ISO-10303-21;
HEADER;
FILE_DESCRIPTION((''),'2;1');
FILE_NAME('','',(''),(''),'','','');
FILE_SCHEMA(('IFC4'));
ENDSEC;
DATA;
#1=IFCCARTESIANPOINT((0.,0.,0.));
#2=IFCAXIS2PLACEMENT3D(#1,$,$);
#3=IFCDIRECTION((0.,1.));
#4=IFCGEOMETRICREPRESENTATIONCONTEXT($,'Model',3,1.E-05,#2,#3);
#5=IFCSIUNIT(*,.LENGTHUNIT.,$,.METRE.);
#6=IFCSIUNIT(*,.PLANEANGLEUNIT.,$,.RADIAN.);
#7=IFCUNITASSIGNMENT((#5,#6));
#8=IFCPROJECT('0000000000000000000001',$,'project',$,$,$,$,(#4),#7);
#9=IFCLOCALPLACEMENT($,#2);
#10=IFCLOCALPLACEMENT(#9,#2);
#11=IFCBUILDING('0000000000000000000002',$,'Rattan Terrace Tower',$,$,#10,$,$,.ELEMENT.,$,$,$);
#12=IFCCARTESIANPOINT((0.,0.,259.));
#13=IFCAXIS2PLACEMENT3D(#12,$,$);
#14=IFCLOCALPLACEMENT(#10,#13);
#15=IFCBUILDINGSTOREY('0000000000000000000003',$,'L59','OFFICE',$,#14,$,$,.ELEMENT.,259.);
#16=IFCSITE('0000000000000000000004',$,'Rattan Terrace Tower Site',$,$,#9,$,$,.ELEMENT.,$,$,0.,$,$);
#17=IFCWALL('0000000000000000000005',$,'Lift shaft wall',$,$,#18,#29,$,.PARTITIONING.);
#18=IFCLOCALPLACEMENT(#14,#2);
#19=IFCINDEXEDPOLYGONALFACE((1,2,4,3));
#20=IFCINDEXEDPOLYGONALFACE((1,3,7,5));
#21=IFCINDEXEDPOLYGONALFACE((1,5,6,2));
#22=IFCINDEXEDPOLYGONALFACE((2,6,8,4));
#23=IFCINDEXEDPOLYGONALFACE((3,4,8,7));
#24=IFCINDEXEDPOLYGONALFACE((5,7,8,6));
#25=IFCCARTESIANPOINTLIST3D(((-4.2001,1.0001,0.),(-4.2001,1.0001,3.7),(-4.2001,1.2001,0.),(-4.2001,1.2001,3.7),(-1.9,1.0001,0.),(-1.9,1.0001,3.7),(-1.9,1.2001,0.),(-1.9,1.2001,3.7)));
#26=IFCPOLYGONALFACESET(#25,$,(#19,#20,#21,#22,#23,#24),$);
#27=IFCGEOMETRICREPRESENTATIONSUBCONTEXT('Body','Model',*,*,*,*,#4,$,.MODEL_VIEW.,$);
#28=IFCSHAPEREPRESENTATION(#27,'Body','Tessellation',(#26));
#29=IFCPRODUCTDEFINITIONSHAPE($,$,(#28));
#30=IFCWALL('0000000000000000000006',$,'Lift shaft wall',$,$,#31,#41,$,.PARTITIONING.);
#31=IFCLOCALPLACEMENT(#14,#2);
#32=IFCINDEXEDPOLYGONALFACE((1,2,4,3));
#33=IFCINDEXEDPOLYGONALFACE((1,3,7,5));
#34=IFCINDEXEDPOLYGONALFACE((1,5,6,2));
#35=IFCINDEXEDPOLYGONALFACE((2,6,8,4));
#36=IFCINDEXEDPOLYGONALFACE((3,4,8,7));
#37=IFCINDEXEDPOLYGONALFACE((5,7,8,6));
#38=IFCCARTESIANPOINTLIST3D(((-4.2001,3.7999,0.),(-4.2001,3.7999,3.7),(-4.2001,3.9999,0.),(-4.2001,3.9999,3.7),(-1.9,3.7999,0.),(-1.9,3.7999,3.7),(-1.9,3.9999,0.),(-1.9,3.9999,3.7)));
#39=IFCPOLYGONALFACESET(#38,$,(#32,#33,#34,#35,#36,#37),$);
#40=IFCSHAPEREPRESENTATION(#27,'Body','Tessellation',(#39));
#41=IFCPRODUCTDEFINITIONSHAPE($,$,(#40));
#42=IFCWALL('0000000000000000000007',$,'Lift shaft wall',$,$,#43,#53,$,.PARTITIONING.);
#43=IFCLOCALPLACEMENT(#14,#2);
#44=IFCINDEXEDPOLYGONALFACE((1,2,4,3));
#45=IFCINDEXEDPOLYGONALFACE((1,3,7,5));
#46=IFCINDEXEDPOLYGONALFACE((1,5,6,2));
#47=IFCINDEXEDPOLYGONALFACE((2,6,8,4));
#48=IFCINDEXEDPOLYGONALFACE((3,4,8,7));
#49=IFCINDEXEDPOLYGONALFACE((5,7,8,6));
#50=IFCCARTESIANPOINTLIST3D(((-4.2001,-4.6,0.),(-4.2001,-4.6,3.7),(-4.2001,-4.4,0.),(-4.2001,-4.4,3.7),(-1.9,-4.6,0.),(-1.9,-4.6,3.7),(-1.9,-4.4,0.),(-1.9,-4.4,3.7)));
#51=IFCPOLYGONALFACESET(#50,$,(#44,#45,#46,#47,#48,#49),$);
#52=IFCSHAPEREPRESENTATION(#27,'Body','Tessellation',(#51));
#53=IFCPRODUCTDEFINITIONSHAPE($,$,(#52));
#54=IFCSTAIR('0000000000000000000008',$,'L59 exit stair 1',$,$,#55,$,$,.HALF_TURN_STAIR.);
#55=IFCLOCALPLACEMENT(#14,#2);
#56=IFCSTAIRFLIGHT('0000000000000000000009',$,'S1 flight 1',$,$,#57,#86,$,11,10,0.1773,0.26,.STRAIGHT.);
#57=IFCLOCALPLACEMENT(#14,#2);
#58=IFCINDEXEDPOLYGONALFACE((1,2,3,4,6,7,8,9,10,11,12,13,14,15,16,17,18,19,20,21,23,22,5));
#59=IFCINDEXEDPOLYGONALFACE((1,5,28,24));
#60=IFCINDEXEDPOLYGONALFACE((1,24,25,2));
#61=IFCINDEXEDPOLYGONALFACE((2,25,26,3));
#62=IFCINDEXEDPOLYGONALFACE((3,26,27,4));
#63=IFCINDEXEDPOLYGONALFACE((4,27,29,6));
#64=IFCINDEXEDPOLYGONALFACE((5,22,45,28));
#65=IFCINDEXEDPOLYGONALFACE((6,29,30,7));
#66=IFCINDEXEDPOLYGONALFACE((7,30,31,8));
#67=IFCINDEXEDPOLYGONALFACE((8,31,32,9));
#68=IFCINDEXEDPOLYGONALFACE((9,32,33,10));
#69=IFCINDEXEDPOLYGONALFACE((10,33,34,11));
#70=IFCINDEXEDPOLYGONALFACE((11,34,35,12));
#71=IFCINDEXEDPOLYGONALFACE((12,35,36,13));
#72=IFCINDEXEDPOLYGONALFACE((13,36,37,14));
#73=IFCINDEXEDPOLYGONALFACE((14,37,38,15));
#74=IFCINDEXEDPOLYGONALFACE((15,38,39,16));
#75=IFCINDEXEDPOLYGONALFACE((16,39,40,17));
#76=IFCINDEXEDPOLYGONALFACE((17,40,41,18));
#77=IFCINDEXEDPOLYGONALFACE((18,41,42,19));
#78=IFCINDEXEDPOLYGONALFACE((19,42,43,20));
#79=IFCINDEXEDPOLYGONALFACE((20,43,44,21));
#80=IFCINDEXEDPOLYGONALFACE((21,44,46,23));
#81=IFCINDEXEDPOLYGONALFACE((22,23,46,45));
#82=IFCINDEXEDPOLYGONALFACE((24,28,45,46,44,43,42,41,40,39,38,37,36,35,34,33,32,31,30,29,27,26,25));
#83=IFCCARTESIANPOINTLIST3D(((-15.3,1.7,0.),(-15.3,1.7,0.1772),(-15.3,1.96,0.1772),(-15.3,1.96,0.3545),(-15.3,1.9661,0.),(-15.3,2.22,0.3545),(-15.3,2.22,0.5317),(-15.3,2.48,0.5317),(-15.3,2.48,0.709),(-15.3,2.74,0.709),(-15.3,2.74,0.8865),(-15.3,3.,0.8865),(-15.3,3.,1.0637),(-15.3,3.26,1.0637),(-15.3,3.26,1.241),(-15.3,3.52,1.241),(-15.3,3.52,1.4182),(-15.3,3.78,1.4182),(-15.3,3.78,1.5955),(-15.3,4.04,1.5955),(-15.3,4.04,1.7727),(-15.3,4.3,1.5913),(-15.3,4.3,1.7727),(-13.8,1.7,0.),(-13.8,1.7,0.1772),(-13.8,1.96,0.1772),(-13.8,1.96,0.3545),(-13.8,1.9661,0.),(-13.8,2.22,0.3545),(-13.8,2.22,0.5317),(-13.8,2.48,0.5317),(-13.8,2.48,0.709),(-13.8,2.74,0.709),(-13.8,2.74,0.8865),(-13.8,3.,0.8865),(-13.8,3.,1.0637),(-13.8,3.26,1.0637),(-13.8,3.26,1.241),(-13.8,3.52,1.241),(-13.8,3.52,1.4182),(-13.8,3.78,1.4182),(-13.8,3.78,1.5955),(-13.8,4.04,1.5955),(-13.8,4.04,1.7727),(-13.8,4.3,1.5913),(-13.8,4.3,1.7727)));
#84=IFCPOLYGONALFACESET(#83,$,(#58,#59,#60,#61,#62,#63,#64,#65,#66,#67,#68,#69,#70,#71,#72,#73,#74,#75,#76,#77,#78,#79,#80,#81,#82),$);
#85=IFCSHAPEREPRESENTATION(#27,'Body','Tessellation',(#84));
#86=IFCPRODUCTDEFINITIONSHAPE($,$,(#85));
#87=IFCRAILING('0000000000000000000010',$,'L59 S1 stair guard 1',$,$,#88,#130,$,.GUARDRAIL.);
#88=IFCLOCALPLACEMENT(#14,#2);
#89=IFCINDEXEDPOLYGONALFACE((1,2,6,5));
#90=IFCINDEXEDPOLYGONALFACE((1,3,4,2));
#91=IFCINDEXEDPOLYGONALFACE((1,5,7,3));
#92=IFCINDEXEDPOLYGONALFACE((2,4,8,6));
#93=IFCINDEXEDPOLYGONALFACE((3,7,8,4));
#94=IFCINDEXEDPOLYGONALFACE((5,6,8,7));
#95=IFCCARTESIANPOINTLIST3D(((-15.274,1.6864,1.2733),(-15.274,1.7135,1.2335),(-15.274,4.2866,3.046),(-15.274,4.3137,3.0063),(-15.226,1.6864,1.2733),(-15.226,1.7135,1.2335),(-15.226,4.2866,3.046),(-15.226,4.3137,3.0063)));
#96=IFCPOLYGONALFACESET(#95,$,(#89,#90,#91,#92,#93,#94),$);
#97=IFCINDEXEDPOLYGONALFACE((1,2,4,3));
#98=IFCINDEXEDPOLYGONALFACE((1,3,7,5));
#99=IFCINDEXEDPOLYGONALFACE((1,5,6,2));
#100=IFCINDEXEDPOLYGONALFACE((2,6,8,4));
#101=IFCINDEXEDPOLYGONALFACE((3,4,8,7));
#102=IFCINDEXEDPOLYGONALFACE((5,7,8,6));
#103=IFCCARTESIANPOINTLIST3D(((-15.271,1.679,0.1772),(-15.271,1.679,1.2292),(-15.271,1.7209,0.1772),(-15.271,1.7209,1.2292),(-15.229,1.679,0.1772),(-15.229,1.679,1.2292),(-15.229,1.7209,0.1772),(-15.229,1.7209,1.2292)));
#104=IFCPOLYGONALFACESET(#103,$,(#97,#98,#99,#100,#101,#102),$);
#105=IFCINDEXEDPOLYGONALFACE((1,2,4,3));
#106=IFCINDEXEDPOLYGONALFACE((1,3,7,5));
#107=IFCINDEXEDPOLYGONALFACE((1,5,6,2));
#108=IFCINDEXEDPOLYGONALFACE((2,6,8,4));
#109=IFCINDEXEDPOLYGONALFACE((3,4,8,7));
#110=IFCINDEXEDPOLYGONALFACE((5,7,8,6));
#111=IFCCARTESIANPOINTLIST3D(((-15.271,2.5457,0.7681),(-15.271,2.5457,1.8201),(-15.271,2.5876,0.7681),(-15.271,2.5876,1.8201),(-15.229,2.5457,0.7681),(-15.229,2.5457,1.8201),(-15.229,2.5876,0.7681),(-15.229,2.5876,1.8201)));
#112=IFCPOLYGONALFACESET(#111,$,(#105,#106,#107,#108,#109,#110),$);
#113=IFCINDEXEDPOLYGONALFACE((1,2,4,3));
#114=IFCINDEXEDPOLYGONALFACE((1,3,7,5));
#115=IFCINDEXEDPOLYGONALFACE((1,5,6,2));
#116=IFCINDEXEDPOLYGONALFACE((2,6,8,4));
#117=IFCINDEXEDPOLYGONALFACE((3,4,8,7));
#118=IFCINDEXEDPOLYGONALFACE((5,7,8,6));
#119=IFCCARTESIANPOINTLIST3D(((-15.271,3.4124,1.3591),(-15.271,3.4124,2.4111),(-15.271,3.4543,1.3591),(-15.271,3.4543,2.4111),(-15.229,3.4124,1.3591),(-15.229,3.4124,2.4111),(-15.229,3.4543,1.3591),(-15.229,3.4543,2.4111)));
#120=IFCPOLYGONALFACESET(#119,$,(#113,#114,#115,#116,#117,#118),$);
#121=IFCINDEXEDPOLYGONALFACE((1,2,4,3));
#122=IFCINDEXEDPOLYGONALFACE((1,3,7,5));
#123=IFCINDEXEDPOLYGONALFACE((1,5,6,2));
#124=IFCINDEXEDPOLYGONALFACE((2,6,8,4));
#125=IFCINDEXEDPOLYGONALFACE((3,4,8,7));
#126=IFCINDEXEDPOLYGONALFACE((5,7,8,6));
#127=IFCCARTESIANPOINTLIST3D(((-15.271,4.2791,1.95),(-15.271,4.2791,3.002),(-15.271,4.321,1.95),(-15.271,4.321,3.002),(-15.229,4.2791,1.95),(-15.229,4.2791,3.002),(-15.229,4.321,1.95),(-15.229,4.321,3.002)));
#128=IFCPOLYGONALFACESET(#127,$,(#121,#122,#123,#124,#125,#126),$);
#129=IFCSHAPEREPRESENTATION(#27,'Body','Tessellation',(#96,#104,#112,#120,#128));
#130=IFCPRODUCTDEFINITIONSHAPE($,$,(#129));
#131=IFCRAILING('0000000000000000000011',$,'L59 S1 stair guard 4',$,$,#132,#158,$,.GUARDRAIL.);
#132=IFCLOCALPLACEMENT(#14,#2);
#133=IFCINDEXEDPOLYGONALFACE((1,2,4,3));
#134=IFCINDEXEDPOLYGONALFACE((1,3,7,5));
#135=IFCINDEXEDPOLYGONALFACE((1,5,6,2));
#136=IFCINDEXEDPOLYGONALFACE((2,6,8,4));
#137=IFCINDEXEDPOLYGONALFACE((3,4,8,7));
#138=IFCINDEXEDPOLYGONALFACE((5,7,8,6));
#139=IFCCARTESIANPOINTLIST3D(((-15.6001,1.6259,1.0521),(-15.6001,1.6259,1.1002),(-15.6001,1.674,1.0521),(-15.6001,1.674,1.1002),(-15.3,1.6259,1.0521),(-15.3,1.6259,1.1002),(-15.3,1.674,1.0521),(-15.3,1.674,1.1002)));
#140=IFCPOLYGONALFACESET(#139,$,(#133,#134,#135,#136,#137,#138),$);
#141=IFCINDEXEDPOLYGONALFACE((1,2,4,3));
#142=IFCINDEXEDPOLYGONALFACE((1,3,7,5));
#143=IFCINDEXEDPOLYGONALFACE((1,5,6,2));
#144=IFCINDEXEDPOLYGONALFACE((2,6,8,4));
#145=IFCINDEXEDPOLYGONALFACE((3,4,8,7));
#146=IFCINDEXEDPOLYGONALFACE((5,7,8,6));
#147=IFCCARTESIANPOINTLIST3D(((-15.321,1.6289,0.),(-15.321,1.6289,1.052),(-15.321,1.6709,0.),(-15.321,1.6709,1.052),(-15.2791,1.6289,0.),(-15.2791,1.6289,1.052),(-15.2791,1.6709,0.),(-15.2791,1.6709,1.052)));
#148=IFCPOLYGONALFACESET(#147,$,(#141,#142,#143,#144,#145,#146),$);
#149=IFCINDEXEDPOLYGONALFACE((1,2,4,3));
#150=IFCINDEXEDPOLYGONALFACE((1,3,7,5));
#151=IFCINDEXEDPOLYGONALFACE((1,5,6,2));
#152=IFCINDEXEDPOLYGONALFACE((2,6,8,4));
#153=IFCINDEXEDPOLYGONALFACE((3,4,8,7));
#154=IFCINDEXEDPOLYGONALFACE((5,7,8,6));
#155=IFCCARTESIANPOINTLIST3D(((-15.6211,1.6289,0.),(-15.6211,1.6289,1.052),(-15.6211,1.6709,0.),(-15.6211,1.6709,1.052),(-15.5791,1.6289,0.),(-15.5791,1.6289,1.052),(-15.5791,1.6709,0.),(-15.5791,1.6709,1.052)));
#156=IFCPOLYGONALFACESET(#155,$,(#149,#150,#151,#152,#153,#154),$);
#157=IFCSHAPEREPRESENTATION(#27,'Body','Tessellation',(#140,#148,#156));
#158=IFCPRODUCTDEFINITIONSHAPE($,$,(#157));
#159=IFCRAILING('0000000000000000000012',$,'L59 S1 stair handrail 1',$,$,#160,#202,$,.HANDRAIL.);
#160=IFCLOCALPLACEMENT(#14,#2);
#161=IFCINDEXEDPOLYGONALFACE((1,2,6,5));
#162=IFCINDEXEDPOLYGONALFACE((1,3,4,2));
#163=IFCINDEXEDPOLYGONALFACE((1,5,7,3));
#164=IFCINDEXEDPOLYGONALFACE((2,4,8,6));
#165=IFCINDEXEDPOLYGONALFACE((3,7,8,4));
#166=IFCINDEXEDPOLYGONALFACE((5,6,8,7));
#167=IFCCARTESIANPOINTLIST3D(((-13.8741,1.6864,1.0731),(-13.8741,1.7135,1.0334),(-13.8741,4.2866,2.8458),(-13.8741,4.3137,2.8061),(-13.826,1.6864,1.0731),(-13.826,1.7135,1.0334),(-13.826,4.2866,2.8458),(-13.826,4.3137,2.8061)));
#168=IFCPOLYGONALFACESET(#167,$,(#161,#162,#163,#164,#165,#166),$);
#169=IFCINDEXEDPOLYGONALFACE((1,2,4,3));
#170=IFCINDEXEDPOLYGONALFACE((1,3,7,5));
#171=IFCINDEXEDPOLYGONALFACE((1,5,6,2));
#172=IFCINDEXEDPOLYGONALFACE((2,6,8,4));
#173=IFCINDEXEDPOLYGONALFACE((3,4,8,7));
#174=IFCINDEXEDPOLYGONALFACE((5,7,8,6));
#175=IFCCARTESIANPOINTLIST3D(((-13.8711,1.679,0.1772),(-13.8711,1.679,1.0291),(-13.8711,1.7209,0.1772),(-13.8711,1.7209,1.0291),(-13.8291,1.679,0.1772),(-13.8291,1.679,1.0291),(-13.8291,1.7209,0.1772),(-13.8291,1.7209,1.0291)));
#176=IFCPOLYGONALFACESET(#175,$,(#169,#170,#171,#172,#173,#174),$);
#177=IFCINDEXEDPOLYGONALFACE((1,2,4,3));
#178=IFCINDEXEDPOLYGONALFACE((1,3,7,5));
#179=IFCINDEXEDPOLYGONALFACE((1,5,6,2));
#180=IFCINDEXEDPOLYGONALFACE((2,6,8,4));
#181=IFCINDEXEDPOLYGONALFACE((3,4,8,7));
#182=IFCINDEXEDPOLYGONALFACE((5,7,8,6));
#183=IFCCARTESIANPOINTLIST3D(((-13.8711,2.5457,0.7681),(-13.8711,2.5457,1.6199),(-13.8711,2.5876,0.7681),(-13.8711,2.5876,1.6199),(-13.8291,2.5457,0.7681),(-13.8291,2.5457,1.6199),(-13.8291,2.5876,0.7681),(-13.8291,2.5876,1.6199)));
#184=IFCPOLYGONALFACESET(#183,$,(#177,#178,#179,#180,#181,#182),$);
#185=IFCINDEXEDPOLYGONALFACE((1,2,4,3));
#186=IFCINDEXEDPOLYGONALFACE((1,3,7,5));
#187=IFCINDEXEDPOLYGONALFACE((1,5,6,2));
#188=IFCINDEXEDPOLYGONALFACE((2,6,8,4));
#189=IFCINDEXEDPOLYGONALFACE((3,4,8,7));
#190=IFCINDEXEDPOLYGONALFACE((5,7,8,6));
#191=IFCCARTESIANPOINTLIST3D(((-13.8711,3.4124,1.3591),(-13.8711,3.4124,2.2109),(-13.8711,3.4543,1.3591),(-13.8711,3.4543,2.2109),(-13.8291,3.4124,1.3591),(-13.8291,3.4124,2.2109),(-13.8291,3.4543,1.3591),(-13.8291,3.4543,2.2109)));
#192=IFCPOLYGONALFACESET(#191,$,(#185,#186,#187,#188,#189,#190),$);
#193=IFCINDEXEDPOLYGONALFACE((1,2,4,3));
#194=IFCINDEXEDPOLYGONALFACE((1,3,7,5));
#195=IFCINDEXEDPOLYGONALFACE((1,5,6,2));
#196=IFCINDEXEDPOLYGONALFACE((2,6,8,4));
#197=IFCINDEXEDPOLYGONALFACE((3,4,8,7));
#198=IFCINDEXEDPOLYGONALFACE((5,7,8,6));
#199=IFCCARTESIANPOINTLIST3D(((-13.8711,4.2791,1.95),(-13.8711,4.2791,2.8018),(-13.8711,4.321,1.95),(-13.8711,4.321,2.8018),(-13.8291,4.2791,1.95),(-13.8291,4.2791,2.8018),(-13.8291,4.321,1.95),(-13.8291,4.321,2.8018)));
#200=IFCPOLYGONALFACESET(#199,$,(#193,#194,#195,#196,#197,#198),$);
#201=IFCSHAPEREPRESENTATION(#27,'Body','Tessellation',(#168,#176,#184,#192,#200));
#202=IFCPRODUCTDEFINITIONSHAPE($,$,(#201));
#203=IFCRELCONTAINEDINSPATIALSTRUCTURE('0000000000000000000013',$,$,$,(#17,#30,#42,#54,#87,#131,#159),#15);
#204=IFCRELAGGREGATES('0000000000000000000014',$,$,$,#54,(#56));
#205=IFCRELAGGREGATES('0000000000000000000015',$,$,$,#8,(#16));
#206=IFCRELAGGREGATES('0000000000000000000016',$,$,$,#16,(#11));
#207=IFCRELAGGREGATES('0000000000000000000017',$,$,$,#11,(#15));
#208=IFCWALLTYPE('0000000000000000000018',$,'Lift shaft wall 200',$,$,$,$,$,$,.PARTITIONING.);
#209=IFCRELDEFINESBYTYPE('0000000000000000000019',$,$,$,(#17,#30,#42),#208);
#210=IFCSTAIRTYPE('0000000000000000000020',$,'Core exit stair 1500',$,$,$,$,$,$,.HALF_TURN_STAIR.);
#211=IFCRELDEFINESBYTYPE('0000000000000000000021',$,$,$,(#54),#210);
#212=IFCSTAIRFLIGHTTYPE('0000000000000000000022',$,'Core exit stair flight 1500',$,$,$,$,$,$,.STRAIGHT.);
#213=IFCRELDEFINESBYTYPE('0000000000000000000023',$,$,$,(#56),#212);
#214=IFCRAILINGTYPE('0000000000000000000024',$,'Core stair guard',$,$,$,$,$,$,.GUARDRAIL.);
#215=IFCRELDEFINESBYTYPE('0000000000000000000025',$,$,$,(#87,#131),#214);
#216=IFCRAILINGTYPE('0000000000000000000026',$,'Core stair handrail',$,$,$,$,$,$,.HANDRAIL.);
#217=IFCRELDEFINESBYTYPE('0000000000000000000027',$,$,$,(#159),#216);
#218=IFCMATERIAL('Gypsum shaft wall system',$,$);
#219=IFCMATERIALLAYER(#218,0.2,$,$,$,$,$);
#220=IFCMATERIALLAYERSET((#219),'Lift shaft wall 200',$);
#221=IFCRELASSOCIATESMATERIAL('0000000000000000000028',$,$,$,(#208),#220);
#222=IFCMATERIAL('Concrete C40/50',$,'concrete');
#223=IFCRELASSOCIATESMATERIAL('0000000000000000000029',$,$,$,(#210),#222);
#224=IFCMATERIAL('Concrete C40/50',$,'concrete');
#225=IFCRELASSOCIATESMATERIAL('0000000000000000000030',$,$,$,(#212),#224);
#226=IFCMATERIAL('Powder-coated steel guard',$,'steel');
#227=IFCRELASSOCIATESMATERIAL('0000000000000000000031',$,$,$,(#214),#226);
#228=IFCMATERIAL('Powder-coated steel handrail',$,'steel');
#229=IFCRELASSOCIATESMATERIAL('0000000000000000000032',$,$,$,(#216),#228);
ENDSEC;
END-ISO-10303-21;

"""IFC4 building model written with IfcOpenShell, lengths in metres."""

from ifc_helpers import new_model, si_unit, direction, frame, frame_2d, origin, origin_2d, place, context, subcontext, project, spatial, polyline, rectangle, outline, extrude, material, layer, layer_set, type_object, element, aggregate, save


model = new_model("IFC4")

# Units and contexts
model_context = context("Model", 3, precision=1e-05, world=origin(), true_north=direction((0.0, 1.0)))
body_context = subcontext(model_context, "Body", "Model", "MODEL_VIEW")
ifc_project = project(units=[si_unit("LENGTHUNIT", "METRE"), si_unit("PLANEANGLEUNIT", "RADIAN")], contexts=[model_context])

# Site, building, storey
site_placement = place(None, origin())
site = spatial("IfcSite", under=ifc_project, at=site_placement, Name="Rattan Terrace Tower Site", CompositionType="ELEMENT", RefElevation=0.0)
building_placement = place(site_placement, origin())
building = spatial("IfcBuilding", under=site, at=building_placement, Name="Rattan Terrace Tower", CompositionType="ELEMENT")
storey_placement = place(building_placement, frame((0.0, 0.0, 259.0)))
storey = spatial("IfcBuildingStorey", under=building, at=storey_placement, Name="L59", Description="OFFICE", CompositionType="ELEMENT", Elevation=259.0)

# Walls
ifc_material_1 = material(Name="Gypsum shaft wall system")
ifc_layer_1 = layer(ifc_material_1, 0.2)
ifc_layer_set_1 = layer_set([ifc_layer_1], Name="Lift shaft wall 200")
wall_type_1 = type_object("IfcWallType", Name="Lift shaft wall 200", PredefinedType="PARTITIONING", material=ifc_layer_set_1)
for number, where, z_axis, x_axis, name in (
    (1, (-4.2, 1.1001, 0.0), (0.0, 0.0, 1.0), (1.0, 0.0, 0.0), "Lift shaft wall"),
    (2, (-4.2, 3.8999, 0.0), (0.0, 0.0, 1.0), (1.0, 0.0, 0.0), "Lift shaft wall"),
    (3, (-4.2, -4.5, 0.0), (0.0, 0.0, 1.0), (1.0, 0.0, 0.0), "Lift shaft wall"),
):
    element("IfcWall", number, at=place(storey_placement, frame(where, z_axis=z_axis, x_axis=x_axis)), inside=storey, type_object=wall_type_1, Name=name, PredefinedType="PARTITIONING", context=body_context, shape_type="SweptSolid", body=[
        extrude(rectangle(XDim=2.3, YDim=0.2, at=frame_2d((1.1499, 0.0))), origin(), (0.0, 0.0, 1.0), 3.7),
    ])

# Stair, stair flight
ifc_material_2 = material(Name="Concrete C40/50", Category="concrete")
stair_type = type_object("IfcStairType", Name="Core exit stair 1500", PredefinedType="HALF_TURN_STAIR", material=ifc_material_2)
stair_placement = place(storey_placement, origin())
stair = element("IfcStair", 4, at=stair_placement, inside=storey, type_object=stair_type, Name="L59 exit stair 1", PredefinedType="HALF_TURN_STAIR")
ifc_material_3 = material(Name="Concrete C40/50", Category="concrete")
stair_flight_type = type_object("IfcStairFlightType", Name="Core exit stair flight 1500", PredefinedType="STRAIGHT", material=ifc_material_3)
stair_flight_placement = place(storey_placement, frame((-14.55, 1.7, 0.0), z_axis=(0.0, 0.0, 1.0), x_axis=(0.0, 1.0, 0.0)))
stair_flight = element("IfcStairFlight", 5, at=stair_flight_placement, type_object=stair_flight_type, Name="S1 flight 1", NumberOfRisers=11, NumberOfTreads=10, PredefinedType="STRAIGHT", RiserHeight=0.1773, TreadLength=0.26, context=body_context, shape_type="SweptSolid", body=[
    extrude(outline(polyline([(0.0, 0.0), (0.0, 0.1772), (0.26, 0.1772), (0.26, 0.3545), (0.52, 0.3545), (0.52, 0.5317), (0.78, 0.5317), (0.78, 0.709), (1.04, 0.709), (1.04, 0.8865), (1.3, 0.8865), (1.3, 1.0637), (1.5601, 1.0637), (1.5601, 1.241), (1.8201, 1.241), (1.8201, 1.4182), (2.0801, 1.4182), (2.0801, 1.5955), (2.3401, 1.5955), (2.3401, 1.7727), (2.6001, 1.7727), (2.6001, 1.95), (2.6001, 1.5913), (0.2661, 0.0), (0.0, 0.0)])), frame((0.0, 0.75, 0.0), z_axis=(0.0, -1.0, 0.0), x_axis=(1.0, 0.0, 0.0)), (0.0, 0.0, 1.0), 1.5),
])
aggregate(stair, [stair_flight])

# Railings
ifc_material_4 = material(Name="Powder-coated steel guard", Category="steel")
railing_type_1 = type_object("IfcRailingType", Name="Core stair guard", PredefinedType="GUARDRAIL", material=ifc_material_4)
railing_1_placement = place(storey_placement, frame((-15.25, 1.7, 0.1772)))
element("IfcRailing", 6, at=railing_1_placement, inside=storey, type_object=railing_type_1, Name="L59 S1 stair guard 1", PredefinedType="GUARDRAIL", context=body_context, shape_type="SweptSolid", body=[
    extrude(rectangle(XDim=0.0481, YDim=0.0481, at=origin_2d()), frame((0.0, 0.0, 1.0762), z_axis=(0.0, 0.82624, 0.563318), x_axis=(-1.0, 0.0, 0.0)), (0.0, 0.0, 1.0), 3.147),
    extrude(rectangle(XDim=0.042, YDim=0.042, at=origin_2d()), origin(), (0.0, 0.0, 1.0), 1.052),
    extrude(rectangle(XDim=0.042, YDim=0.042, at=origin_2d()), frame((0.0, 0.8667, 0.5908)), (0.0, 0.0, 1.0), 1.052),
    extrude(rectangle(XDim=0.042, YDim=0.042, at=origin_2d()), frame((0.0, 1.7334, 1.1819)), (0.0, 0.0, 1.0), 1.052),
    extrude(rectangle(XDim=0.042, YDim=0.042, at=origin_2d()), frame((0.0, 2.6001, 1.7727)), (0.0, 0.0, 1.0), 1.052),
])
railing_2_placement = place(storey_placement, frame((-15.3, 1.6499, 0.0)))
element("IfcRailing", 7, at=railing_2_placement, inside=storey, type_object=railing_type_1, Name="L59 S1 stair guard 4", PredefinedType="GUARDRAIL", context=body_context, shape_type="SweptSolid", body=[
    extrude(rectangle(XDim=0.0481, YDim=0.0481, at=origin_2d()), frame((0.0, 0.0, 1.0762), z_axis=(-1.0, 0.0, 0.0), x_axis=(0.0, -1.0, 0.0)), (0.0, 0.0, 1.0), 0.3),
    extrude(rectangle(XDim=0.042, YDim=0.042, at=origin_2d()), origin(), (0.0, 0.0, 1.0), 1.052),
    extrude(rectangle(XDim=0.042, YDim=0.042, at=origin_2d()), frame((-0.3, 0.0, 0.0)), (0.0, 0.0, 1.0), 1.052),
])
ifc_material_5 = material(Name="Powder-coated steel handrail", Category="steel")
railing_type_2 = type_object("IfcRailingType", Name="Core stair handrail", PredefinedType="HANDRAIL", material=ifc_material_5)
railing_3_placement = place(storey_placement, frame((-13.8501, 1.7, 0.1772)))
element("IfcRailing", 8, at=railing_3_placement, inside=storey, type_object=railing_type_2, Name="L59 S1 stair handrail 1", PredefinedType="HANDRAIL", context=body_context, shape_type="SweptSolid", body=[
    extrude(rectangle(XDim=0.0481, YDim=0.0481, at=origin_2d()), frame((0.0, 0.0, 0.876), z_axis=(0.0, 0.82624, 0.563318), x_axis=(-1.0, 0.0, 0.0)), (0.0, 0.0, 1.0), 3.147),
    extrude(rectangle(XDim=0.042, YDim=0.042, at=origin_2d()), origin(), (0.0, 0.0, 1.0), 0.8518),
    extrude(rectangle(XDim=0.042, YDim=0.042, at=origin_2d()), frame((0.0, 0.8667, 0.5908)), (0.0, 0.0, 1.0), 0.8518),
    extrude(rectangle(XDim=0.042, YDim=0.042, at=origin_2d()), frame((0.0, 1.7334, 1.1819)), (0.0, 0.0, 1.0), 0.8518),
    extrude(rectangle(XDim=0.042, YDim=0.042, at=origin_2d()), frame((0.0, 2.6001, 1.7727)), (0.0, 0.0, 1.0), 0.8518),
])

save(model, "model.ifc")
